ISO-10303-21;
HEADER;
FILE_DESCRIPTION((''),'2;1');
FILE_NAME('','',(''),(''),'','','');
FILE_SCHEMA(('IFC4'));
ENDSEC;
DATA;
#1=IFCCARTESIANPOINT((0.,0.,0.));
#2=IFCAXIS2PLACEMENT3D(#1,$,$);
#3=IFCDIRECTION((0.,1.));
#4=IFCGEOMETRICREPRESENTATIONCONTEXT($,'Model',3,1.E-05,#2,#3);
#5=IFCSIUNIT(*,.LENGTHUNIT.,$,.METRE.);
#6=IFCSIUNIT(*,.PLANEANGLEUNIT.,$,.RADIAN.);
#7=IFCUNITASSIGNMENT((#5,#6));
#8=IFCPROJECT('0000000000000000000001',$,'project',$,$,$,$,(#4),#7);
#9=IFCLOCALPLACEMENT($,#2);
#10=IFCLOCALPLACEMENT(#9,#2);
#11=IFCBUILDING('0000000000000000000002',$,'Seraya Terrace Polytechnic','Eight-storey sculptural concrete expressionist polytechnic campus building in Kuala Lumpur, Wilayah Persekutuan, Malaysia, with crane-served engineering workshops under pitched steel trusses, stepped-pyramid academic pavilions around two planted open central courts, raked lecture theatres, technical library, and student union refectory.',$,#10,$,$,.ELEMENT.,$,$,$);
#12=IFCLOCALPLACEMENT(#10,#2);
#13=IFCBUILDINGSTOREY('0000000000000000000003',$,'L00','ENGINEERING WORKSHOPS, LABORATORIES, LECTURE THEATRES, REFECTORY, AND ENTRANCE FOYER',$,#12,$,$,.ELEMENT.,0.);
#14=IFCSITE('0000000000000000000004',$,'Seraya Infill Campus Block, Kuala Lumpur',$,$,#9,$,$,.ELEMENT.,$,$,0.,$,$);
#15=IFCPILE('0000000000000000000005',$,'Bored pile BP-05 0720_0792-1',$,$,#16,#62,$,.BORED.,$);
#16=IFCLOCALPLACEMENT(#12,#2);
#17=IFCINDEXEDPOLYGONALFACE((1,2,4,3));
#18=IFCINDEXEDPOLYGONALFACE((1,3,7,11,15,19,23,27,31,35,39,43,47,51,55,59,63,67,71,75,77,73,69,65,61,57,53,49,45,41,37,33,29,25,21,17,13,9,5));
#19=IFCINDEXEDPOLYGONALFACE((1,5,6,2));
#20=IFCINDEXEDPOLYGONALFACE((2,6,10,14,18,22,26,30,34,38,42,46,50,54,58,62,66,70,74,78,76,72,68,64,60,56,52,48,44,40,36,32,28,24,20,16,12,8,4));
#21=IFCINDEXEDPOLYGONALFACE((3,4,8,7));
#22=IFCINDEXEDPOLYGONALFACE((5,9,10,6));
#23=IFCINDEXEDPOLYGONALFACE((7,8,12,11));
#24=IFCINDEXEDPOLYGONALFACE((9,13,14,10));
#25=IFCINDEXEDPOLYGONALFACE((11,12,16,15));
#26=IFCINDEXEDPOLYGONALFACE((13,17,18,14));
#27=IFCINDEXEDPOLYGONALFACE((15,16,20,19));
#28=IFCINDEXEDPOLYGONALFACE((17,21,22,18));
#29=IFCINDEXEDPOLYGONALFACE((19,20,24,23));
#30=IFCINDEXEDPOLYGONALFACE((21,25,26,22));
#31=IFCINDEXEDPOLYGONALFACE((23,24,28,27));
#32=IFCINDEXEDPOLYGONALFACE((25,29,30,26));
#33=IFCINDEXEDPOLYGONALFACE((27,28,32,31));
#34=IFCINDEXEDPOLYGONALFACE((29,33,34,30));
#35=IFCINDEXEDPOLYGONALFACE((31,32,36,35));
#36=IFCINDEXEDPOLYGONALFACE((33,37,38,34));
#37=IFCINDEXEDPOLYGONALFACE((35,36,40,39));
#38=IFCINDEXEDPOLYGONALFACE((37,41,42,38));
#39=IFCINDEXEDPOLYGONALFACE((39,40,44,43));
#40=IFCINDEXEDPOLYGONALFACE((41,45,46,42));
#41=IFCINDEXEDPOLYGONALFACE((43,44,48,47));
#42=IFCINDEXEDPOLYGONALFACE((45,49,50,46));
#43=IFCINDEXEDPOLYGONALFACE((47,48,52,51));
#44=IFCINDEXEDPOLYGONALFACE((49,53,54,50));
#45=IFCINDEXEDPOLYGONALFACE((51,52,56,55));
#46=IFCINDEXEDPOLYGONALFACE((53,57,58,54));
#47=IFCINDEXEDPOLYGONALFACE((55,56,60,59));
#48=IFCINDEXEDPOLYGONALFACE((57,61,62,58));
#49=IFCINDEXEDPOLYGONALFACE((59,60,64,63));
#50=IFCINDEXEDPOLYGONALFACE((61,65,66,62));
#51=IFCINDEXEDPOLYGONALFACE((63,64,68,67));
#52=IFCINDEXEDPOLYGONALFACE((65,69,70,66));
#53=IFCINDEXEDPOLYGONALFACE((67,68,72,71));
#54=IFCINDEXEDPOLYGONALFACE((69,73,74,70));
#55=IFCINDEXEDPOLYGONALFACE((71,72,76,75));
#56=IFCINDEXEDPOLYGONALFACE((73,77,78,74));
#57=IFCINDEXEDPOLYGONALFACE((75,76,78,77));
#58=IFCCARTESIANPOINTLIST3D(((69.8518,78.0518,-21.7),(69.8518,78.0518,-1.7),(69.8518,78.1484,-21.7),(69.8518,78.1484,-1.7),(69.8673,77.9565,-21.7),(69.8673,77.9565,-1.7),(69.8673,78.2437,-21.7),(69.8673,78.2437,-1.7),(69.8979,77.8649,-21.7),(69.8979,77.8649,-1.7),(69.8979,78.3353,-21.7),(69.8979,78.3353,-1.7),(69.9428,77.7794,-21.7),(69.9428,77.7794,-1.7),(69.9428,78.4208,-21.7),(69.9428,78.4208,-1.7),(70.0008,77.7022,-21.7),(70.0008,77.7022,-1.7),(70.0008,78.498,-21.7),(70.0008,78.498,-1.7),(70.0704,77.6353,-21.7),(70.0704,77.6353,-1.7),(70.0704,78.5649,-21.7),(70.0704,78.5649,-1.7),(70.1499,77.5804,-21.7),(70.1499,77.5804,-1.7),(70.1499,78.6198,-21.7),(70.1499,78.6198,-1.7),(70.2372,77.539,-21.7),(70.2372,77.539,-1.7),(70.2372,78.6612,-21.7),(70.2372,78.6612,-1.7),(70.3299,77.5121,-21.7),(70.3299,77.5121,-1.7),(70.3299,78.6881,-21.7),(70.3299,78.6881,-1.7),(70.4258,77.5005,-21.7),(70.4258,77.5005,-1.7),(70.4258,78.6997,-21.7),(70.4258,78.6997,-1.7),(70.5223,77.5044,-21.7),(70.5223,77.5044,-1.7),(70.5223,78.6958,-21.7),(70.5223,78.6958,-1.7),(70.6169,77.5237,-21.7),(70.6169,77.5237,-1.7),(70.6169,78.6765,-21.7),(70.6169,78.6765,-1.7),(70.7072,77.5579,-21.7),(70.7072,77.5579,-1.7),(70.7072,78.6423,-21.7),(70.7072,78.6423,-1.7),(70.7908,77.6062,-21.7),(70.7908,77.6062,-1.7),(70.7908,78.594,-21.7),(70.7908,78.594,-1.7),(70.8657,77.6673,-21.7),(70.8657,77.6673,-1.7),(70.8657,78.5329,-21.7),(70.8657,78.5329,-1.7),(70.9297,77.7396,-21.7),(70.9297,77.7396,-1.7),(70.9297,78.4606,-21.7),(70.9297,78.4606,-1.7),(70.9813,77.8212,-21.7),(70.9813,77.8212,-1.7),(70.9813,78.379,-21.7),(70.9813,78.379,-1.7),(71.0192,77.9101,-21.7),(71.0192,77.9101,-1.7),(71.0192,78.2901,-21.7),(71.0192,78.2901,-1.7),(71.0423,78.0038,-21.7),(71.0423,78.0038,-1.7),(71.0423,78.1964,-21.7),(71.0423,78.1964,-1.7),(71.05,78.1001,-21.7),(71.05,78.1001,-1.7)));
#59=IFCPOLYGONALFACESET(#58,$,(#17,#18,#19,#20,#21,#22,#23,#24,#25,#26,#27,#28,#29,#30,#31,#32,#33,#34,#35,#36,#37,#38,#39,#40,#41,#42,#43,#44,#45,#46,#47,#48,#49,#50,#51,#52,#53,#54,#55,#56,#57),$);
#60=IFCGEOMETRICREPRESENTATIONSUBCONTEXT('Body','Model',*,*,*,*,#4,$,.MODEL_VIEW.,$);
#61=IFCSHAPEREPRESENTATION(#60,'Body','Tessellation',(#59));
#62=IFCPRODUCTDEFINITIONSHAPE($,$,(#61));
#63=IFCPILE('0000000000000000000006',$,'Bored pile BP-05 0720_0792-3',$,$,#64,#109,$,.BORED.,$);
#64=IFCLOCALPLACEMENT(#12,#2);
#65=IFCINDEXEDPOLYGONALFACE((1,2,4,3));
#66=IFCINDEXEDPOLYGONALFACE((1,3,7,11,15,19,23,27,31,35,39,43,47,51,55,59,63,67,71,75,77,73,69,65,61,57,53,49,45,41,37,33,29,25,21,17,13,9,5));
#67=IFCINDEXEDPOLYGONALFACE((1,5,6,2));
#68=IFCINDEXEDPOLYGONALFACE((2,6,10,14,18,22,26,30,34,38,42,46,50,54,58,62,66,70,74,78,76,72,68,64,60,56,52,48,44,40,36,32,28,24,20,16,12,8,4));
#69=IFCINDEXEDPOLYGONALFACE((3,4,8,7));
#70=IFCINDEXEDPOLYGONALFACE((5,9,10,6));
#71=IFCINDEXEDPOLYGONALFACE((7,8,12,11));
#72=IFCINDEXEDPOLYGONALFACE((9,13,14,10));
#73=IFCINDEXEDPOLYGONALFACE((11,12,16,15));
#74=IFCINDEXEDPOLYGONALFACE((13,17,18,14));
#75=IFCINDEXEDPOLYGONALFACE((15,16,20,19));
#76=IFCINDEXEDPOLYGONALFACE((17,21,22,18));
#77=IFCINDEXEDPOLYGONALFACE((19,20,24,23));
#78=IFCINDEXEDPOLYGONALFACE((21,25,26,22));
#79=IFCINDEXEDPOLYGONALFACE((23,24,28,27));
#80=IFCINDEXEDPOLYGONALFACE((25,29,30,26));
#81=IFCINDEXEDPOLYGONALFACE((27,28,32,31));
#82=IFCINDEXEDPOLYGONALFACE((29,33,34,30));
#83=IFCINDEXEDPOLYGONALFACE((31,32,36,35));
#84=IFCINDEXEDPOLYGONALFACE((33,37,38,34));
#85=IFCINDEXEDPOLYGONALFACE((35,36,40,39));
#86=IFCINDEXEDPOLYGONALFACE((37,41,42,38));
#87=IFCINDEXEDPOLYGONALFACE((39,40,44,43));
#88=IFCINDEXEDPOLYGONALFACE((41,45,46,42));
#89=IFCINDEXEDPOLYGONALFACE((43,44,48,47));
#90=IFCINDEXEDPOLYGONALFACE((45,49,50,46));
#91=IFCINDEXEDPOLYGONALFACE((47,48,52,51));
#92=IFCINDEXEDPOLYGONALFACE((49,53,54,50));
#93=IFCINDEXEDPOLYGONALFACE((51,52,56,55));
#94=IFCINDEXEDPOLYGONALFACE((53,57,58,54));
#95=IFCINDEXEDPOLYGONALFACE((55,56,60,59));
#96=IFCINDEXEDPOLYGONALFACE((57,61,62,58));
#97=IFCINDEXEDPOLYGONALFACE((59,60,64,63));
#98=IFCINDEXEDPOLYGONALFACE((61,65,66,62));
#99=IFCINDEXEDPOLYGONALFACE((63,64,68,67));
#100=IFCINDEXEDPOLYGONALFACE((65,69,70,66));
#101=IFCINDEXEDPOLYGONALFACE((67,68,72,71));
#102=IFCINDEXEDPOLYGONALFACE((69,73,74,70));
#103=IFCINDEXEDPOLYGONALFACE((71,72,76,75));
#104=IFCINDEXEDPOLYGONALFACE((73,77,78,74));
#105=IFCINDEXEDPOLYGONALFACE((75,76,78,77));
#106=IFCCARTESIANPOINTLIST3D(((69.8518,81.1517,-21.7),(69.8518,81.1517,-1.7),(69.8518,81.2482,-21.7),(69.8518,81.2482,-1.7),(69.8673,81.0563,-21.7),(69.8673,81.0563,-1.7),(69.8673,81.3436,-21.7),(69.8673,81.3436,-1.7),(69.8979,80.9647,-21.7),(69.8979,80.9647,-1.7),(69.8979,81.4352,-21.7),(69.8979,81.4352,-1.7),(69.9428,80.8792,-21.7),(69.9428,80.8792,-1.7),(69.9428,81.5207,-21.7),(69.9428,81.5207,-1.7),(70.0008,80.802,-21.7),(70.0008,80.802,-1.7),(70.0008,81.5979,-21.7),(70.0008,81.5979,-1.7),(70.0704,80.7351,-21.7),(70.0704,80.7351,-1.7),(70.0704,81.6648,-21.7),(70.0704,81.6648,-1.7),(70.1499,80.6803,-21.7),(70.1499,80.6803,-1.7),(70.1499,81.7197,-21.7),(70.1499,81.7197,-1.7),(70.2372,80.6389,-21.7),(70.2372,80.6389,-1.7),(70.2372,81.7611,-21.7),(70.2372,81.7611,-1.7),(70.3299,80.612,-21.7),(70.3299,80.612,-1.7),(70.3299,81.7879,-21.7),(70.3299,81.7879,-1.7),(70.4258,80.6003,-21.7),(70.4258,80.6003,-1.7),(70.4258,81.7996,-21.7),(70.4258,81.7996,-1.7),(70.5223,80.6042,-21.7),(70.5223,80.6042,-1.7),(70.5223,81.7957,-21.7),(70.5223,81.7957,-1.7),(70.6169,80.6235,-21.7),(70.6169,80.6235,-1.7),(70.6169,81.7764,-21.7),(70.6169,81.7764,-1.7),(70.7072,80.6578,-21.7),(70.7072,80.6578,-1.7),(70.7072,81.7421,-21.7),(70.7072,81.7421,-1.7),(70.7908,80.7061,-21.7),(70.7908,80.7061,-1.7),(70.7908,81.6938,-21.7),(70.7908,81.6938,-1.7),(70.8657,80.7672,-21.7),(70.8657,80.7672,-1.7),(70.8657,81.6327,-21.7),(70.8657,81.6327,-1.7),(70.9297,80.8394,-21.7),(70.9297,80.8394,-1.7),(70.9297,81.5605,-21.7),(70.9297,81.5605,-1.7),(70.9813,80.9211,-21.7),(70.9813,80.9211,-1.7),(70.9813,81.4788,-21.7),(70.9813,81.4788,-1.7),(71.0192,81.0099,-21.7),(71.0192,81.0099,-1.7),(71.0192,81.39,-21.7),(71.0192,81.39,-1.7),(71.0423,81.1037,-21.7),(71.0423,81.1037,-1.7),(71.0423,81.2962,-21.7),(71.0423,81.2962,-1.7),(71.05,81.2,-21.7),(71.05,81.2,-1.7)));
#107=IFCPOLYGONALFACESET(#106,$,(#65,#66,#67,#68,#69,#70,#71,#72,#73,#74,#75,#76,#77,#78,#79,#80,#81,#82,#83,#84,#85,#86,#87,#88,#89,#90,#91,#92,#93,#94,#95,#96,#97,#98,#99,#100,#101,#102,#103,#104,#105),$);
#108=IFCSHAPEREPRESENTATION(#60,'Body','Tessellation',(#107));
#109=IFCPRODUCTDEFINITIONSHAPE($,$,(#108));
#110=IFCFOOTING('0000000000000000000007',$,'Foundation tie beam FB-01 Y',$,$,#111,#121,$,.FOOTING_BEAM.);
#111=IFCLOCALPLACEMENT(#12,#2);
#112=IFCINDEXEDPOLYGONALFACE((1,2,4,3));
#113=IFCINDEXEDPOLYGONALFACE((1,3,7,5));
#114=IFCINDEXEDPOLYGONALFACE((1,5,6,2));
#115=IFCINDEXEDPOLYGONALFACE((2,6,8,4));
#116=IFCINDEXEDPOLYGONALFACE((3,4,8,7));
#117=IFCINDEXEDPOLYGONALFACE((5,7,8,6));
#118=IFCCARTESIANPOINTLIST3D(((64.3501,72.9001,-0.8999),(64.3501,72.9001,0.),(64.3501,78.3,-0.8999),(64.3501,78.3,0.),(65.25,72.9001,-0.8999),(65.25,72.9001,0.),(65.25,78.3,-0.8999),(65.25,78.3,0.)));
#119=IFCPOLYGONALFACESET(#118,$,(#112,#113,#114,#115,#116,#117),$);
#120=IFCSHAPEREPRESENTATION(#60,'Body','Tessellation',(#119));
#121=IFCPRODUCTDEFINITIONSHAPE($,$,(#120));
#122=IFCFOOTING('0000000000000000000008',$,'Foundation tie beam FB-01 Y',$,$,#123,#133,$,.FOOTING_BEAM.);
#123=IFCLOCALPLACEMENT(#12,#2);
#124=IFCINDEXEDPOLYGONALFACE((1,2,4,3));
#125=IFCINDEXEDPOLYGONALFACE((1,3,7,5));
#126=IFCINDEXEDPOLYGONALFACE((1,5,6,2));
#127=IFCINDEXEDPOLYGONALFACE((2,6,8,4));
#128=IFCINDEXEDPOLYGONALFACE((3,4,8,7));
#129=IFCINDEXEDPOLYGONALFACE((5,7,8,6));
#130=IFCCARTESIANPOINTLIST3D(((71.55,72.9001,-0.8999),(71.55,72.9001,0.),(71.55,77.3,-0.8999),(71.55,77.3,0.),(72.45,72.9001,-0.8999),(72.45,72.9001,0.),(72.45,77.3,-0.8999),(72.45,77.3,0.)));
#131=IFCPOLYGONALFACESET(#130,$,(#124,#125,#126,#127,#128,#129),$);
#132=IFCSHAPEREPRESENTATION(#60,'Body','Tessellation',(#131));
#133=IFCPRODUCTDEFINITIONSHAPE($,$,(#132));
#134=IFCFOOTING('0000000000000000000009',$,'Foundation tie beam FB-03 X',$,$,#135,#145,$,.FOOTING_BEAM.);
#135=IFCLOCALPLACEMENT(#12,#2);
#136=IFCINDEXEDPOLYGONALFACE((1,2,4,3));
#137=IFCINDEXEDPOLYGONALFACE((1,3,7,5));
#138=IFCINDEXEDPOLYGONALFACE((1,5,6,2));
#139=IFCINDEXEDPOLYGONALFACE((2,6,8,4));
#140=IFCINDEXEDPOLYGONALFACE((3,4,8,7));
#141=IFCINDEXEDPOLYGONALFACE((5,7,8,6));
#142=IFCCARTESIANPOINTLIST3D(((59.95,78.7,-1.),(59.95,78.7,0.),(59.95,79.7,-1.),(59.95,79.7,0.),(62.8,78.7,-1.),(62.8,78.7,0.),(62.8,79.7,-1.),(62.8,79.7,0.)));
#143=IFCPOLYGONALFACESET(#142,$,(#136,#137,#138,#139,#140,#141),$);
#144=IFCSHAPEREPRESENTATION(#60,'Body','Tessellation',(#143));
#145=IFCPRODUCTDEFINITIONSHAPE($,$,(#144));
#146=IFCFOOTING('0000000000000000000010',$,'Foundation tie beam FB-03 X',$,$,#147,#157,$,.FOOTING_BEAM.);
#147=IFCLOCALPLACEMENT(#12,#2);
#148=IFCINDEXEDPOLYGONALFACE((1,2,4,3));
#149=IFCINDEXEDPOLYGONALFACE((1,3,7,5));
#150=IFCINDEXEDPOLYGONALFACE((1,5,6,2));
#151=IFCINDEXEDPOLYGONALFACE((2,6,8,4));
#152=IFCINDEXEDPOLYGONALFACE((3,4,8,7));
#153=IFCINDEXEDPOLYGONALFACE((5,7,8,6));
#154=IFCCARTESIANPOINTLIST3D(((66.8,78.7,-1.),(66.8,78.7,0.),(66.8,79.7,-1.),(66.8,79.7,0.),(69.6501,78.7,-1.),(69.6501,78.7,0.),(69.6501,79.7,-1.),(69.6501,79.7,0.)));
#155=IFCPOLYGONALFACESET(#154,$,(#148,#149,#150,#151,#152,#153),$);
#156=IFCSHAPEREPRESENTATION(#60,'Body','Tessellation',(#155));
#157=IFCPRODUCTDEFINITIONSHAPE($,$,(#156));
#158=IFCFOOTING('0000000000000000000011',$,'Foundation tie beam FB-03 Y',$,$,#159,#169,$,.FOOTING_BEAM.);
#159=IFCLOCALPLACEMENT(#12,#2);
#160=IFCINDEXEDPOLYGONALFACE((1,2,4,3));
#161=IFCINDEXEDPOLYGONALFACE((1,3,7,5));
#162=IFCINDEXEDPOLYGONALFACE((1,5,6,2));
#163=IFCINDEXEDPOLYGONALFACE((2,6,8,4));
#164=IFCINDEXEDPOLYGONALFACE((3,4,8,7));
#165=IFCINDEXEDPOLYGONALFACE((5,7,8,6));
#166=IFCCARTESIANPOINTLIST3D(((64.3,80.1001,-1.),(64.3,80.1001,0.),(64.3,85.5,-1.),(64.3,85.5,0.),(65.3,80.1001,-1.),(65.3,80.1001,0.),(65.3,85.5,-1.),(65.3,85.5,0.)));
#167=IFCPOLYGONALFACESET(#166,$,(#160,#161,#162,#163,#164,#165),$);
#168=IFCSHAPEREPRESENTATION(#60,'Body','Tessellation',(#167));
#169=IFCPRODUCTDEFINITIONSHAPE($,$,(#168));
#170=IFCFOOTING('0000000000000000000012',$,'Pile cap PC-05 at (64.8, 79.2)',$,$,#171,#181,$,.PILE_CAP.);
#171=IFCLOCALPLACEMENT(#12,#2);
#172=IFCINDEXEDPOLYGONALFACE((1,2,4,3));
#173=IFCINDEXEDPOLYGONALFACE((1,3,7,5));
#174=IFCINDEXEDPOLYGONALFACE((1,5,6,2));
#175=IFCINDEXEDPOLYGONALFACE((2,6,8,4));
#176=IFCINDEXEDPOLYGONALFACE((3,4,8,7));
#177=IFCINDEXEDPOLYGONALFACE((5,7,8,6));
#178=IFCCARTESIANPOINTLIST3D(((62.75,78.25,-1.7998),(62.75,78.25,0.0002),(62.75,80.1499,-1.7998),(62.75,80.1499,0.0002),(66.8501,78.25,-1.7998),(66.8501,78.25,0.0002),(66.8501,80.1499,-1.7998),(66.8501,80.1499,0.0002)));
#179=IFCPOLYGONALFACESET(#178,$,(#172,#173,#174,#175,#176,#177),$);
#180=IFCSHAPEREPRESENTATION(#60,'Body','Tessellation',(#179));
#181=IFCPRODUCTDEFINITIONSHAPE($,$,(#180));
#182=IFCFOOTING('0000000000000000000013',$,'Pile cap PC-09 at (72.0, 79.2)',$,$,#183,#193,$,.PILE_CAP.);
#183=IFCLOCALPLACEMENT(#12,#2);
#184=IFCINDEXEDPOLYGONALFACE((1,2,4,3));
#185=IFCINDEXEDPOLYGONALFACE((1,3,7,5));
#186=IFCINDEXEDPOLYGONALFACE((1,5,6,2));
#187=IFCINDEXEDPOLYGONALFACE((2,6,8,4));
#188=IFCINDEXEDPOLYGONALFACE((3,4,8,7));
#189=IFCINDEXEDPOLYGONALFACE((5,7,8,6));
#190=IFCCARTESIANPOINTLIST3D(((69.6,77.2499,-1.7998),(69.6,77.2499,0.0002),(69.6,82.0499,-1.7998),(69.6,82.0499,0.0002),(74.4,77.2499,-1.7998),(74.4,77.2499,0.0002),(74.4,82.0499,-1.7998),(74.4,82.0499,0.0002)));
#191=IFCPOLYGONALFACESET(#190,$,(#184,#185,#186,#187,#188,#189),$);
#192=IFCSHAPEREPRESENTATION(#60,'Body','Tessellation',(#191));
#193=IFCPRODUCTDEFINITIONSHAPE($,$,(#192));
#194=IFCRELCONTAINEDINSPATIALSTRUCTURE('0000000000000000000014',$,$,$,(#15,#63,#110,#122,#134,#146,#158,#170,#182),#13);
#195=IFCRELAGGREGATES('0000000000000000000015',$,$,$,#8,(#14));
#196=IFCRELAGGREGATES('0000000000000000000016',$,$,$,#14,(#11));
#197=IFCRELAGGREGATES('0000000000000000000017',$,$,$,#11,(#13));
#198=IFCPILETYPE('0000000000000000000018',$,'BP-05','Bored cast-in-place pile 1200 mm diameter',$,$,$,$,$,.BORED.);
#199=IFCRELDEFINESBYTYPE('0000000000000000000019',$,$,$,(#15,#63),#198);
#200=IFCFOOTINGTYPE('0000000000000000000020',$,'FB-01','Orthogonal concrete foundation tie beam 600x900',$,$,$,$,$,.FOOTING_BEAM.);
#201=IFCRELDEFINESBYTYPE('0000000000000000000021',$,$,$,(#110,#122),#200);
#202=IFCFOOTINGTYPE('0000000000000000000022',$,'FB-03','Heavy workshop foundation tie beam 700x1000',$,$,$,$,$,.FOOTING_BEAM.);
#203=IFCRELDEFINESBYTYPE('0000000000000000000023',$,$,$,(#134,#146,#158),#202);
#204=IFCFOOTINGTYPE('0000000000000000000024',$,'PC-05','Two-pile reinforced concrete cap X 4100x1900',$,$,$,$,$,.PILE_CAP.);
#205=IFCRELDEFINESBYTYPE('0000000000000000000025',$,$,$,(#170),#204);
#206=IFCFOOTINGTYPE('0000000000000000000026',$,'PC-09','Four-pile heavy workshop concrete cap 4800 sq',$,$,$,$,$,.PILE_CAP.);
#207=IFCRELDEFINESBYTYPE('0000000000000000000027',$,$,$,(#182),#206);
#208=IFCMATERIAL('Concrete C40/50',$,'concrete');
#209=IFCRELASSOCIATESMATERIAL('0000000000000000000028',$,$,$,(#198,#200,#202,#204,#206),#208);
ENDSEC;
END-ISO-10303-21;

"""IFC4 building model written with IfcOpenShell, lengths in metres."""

from ifc_helpers import new_model, si_unit, direction, frame, origin, origin_2d, place, context, subcontext, project, spatial, rectangle, circle, extrude, material, material_profile, profile_set, type_object, element, save


model = new_model("IFC4")

# Units and contexts
model_context = context("Model", 3, precision=1e-05, world=origin(), true_north=direction((0.0, 1.0)))
body_context = subcontext(model_context, "Body", "Model", "MODEL_VIEW")
ifc_project = project(units=[si_unit("LENGTHUNIT", "METRE"), si_unit("PLANEANGLEUNIT", "RADIAN")], contexts=[model_context])

# Site, building, storey
site_placement = place(None, origin())
site = spatial("IfcSite", under=ifc_project, at=site_placement, Name="Seraya Infill Campus Block, Kuala Lumpur", CompositionType="ELEMENT", RefElevation=0.0)
building_placement = place(site_placement, origin())
building = spatial("IfcBuilding", under=site, at=building_placement, Name="Seraya Terrace Polytechnic", Description="Eight-storey sculptural concrete expressionist polytechnic campus building in Kuala Lumpur, Wilayah Persekutuan, Malaysia, with crane-served engineering workshops under pitched steel trusses, stepped-pyramid academic pavilions around two planted open central courts, raked lecture theatres, technical library, and student union refectory.", CompositionType="ELEMENT")
storey_placement = place(building_placement, origin())
storey = spatial("IfcBuildingStorey", under=building, at=storey_placement, Name="L00", Description="ENGINEERING WORKSHOPS, LABORATORIES, LECTURE THEATRES, REFECTORY, AND ENTRANCE FOYER", CompositionType="ELEMENT", Elevation=0.0)

# Piles
ifc_material_1 = material(Name="Concrete C40/50", Category="concrete")
ifc_material_profile_1 = material_profile(ifc_material_1, circle(Radius=0.6001, at=origin_2d()), Name="DIA 1200")
ifc_profile_set_1 = profile_set([ifc_material_profile_1], Name="Concrete C40/50")
pile_type_1 = type_object("IfcPileType", Name="BP-05", Description="Bored cast-in-place pile 1200 mm diameter", PredefinedType="BORED", material=ifc_profile_set_1)
for number, where, z_axis, x_axis, name in (
    (1, (70.45, 78.1001, -1.7), (0.0, 0.0, -1.0), (1.0, 0.0, 0.0), "Bored pile BP-05 0720_0792-1"),
    (2, (70.45, 81.2, -1.7), (0.0, 0.0, -1.0), (1.0, 0.0, 0.0), "Bored pile BP-05 0720_0792-3"),
):
    element("IfcPile", number, at=place(storey_placement, frame(where, z_axis=z_axis, x_axis=x_axis)), inside=storey, type_object=pile_type_1, Name=name, PredefinedType="BORED", context=body_context, shape_type="SweptSolid", body=[
        extrude(circle(Radius=0.6001, at=origin_2d()), origin(), (0.0, 0.0, 1.0), 20.0),
    ])

# Footings
footing_type_1 = type_object("IfcFootingType", Name="FB-01", Description="Orthogonal concrete foundation tie beam 600x900", PredefinedType="FOOTING_BEAM", material=ifc_material_1)
footing_1_placement = place(storey_placement, frame((64.8, 75.6001, -0.8999), z_axis=(0.0, 0.0, 1.0), x_axis=(0.0, 1.0, 0.0)))
element("IfcFooting", 3, at=footing_1_placement, inside=storey, type_object=footing_type_1, Name="Foundation tie beam FB-01 Y", PredefinedType="FOOTING_BEAM", context=body_context, shape_type="SweptSolid", body=[
    extrude(rectangle(XDim=5.3999, YDim=0.8999, at=origin_2d()), origin(), (0.0, 0.0, 1.0), 0.8999),
])
footing_2_placement = place(storey_placement, frame((72.0, 75.1001, -0.8999), z_axis=(0.0, 0.0, 1.0), x_axis=(0.0, 1.0, 0.0)))
element("IfcFooting", 4, at=footing_2_placement, inside=storey, type_object=footing_type_1, Name="Foundation tie beam FB-01 Y", PredefinedType="FOOTING_BEAM", context=body_context, shape_type="SweptSolid", body=[
    extrude(rectangle(XDim=4.3999, YDim=0.8999, at=origin_2d()), origin(), (0.0, 0.0, 1.0), 0.8999),
])
footing_type_2 = type_object("IfcFootingType", Name="FB-03", Description="Heavy workshop foundation tie beam 700x1000", PredefinedType="FOOTING_BEAM", material=ifc_material_1)
for number, where, z_axis, x_axis, name in (
    (5, (61.375, 79.2, -1.0), (0.0, 0.0, 1.0), (1.0, 0.0, 0.0), "Foundation tie beam FB-03 X"),
    (6, (68.2251, 79.2, -1.0), (0.0, 0.0, 1.0), (1.0, 0.0, 0.0), "Foundation tie beam FB-03 X"),
):
    element("IfcFooting", number, at=place(storey_placement, frame(where, z_axis=z_axis, x_axis=x_axis)), inside=storey, type_object=footing_type_2, Name=name, PredefinedType="FOOTING_BEAM", context=body_context, shape_type="SweptSolid", body=[
        extrude(rectangle(XDim=2.8501, YDim=1.0, at=origin_2d()), origin(), (0.0, 0.0, 1.0), 1.0),
    ])
footing_3_placement = place(storey_placement, frame((64.8, 82.8, -1.0), z_axis=(0.0, 0.0, 1.0), x_axis=(0.0, 1.0, 0.0)))
element("IfcFooting", 7, at=footing_3_placement, inside=storey, type_object=footing_type_2, Name="Foundation tie beam FB-03 Y", PredefinedType="FOOTING_BEAM", context=body_context, shape_type="SweptSolid", body=[
    extrude(rectangle(XDim=5.3999, YDim=1.0, at=origin_2d()), origin(), (0.0, 0.0, 1.0), 1.0),
])
footing_type_3 = type_object("IfcFootingType", Name="PC-05", Description="Two-pile reinforced concrete cap X 4100x1900", PredefinedType="PILE_CAP", material=ifc_material_1)
footing_4_placement = place(storey_placement, frame((64.8, 79.2, -1.7998), z_axis=(0.0, 0.0, 1.0), x_axis=(1.0, 0.0, 0.0)))
element("IfcFooting", 8, at=footing_4_placement, inside=storey, type_object=footing_type_3, Name="Pile cap PC-05 at (64.8, 79.2)", PredefinedType="PILE_CAP", context=body_context, shape_type="SweptSolid", body=[
    extrude(rectangle(XDim=4.1001, YDim=1.8999, at=origin_2d()), origin(), (0.0, 0.0, 1.0), 1.8),
])
footing_type_4 = type_object("IfcFootingType", Name="PC-09", Description="Four-pile heavy workshop concrete cap 4800 sq", PredefinedType="PILE_CAP", material=ifc_material_1)
footing_5_placement = place(storey_placement, frame((72.0, 79.6499, -1.7998), z_axis=(0.0, 0.0, 1.0), x_axis=(1.0, 0.0, 0.0)))
element("IfcFooting", 9, at=footing_5_placement, inside=storey, type_object=footing_type_4, Name="Pile cap PC-09 at (72.0, 79.2)", PredefinedType="PILE_CAP", context=body_context, shape_type="SweptSolid", body=[
    extrude(rectangle(XDim=4.8, YDim=4.8, at=origin_2d()), origin(), (0.0, 0.0, 1.0), 1.8),
])

save(model, "model.ifc")
